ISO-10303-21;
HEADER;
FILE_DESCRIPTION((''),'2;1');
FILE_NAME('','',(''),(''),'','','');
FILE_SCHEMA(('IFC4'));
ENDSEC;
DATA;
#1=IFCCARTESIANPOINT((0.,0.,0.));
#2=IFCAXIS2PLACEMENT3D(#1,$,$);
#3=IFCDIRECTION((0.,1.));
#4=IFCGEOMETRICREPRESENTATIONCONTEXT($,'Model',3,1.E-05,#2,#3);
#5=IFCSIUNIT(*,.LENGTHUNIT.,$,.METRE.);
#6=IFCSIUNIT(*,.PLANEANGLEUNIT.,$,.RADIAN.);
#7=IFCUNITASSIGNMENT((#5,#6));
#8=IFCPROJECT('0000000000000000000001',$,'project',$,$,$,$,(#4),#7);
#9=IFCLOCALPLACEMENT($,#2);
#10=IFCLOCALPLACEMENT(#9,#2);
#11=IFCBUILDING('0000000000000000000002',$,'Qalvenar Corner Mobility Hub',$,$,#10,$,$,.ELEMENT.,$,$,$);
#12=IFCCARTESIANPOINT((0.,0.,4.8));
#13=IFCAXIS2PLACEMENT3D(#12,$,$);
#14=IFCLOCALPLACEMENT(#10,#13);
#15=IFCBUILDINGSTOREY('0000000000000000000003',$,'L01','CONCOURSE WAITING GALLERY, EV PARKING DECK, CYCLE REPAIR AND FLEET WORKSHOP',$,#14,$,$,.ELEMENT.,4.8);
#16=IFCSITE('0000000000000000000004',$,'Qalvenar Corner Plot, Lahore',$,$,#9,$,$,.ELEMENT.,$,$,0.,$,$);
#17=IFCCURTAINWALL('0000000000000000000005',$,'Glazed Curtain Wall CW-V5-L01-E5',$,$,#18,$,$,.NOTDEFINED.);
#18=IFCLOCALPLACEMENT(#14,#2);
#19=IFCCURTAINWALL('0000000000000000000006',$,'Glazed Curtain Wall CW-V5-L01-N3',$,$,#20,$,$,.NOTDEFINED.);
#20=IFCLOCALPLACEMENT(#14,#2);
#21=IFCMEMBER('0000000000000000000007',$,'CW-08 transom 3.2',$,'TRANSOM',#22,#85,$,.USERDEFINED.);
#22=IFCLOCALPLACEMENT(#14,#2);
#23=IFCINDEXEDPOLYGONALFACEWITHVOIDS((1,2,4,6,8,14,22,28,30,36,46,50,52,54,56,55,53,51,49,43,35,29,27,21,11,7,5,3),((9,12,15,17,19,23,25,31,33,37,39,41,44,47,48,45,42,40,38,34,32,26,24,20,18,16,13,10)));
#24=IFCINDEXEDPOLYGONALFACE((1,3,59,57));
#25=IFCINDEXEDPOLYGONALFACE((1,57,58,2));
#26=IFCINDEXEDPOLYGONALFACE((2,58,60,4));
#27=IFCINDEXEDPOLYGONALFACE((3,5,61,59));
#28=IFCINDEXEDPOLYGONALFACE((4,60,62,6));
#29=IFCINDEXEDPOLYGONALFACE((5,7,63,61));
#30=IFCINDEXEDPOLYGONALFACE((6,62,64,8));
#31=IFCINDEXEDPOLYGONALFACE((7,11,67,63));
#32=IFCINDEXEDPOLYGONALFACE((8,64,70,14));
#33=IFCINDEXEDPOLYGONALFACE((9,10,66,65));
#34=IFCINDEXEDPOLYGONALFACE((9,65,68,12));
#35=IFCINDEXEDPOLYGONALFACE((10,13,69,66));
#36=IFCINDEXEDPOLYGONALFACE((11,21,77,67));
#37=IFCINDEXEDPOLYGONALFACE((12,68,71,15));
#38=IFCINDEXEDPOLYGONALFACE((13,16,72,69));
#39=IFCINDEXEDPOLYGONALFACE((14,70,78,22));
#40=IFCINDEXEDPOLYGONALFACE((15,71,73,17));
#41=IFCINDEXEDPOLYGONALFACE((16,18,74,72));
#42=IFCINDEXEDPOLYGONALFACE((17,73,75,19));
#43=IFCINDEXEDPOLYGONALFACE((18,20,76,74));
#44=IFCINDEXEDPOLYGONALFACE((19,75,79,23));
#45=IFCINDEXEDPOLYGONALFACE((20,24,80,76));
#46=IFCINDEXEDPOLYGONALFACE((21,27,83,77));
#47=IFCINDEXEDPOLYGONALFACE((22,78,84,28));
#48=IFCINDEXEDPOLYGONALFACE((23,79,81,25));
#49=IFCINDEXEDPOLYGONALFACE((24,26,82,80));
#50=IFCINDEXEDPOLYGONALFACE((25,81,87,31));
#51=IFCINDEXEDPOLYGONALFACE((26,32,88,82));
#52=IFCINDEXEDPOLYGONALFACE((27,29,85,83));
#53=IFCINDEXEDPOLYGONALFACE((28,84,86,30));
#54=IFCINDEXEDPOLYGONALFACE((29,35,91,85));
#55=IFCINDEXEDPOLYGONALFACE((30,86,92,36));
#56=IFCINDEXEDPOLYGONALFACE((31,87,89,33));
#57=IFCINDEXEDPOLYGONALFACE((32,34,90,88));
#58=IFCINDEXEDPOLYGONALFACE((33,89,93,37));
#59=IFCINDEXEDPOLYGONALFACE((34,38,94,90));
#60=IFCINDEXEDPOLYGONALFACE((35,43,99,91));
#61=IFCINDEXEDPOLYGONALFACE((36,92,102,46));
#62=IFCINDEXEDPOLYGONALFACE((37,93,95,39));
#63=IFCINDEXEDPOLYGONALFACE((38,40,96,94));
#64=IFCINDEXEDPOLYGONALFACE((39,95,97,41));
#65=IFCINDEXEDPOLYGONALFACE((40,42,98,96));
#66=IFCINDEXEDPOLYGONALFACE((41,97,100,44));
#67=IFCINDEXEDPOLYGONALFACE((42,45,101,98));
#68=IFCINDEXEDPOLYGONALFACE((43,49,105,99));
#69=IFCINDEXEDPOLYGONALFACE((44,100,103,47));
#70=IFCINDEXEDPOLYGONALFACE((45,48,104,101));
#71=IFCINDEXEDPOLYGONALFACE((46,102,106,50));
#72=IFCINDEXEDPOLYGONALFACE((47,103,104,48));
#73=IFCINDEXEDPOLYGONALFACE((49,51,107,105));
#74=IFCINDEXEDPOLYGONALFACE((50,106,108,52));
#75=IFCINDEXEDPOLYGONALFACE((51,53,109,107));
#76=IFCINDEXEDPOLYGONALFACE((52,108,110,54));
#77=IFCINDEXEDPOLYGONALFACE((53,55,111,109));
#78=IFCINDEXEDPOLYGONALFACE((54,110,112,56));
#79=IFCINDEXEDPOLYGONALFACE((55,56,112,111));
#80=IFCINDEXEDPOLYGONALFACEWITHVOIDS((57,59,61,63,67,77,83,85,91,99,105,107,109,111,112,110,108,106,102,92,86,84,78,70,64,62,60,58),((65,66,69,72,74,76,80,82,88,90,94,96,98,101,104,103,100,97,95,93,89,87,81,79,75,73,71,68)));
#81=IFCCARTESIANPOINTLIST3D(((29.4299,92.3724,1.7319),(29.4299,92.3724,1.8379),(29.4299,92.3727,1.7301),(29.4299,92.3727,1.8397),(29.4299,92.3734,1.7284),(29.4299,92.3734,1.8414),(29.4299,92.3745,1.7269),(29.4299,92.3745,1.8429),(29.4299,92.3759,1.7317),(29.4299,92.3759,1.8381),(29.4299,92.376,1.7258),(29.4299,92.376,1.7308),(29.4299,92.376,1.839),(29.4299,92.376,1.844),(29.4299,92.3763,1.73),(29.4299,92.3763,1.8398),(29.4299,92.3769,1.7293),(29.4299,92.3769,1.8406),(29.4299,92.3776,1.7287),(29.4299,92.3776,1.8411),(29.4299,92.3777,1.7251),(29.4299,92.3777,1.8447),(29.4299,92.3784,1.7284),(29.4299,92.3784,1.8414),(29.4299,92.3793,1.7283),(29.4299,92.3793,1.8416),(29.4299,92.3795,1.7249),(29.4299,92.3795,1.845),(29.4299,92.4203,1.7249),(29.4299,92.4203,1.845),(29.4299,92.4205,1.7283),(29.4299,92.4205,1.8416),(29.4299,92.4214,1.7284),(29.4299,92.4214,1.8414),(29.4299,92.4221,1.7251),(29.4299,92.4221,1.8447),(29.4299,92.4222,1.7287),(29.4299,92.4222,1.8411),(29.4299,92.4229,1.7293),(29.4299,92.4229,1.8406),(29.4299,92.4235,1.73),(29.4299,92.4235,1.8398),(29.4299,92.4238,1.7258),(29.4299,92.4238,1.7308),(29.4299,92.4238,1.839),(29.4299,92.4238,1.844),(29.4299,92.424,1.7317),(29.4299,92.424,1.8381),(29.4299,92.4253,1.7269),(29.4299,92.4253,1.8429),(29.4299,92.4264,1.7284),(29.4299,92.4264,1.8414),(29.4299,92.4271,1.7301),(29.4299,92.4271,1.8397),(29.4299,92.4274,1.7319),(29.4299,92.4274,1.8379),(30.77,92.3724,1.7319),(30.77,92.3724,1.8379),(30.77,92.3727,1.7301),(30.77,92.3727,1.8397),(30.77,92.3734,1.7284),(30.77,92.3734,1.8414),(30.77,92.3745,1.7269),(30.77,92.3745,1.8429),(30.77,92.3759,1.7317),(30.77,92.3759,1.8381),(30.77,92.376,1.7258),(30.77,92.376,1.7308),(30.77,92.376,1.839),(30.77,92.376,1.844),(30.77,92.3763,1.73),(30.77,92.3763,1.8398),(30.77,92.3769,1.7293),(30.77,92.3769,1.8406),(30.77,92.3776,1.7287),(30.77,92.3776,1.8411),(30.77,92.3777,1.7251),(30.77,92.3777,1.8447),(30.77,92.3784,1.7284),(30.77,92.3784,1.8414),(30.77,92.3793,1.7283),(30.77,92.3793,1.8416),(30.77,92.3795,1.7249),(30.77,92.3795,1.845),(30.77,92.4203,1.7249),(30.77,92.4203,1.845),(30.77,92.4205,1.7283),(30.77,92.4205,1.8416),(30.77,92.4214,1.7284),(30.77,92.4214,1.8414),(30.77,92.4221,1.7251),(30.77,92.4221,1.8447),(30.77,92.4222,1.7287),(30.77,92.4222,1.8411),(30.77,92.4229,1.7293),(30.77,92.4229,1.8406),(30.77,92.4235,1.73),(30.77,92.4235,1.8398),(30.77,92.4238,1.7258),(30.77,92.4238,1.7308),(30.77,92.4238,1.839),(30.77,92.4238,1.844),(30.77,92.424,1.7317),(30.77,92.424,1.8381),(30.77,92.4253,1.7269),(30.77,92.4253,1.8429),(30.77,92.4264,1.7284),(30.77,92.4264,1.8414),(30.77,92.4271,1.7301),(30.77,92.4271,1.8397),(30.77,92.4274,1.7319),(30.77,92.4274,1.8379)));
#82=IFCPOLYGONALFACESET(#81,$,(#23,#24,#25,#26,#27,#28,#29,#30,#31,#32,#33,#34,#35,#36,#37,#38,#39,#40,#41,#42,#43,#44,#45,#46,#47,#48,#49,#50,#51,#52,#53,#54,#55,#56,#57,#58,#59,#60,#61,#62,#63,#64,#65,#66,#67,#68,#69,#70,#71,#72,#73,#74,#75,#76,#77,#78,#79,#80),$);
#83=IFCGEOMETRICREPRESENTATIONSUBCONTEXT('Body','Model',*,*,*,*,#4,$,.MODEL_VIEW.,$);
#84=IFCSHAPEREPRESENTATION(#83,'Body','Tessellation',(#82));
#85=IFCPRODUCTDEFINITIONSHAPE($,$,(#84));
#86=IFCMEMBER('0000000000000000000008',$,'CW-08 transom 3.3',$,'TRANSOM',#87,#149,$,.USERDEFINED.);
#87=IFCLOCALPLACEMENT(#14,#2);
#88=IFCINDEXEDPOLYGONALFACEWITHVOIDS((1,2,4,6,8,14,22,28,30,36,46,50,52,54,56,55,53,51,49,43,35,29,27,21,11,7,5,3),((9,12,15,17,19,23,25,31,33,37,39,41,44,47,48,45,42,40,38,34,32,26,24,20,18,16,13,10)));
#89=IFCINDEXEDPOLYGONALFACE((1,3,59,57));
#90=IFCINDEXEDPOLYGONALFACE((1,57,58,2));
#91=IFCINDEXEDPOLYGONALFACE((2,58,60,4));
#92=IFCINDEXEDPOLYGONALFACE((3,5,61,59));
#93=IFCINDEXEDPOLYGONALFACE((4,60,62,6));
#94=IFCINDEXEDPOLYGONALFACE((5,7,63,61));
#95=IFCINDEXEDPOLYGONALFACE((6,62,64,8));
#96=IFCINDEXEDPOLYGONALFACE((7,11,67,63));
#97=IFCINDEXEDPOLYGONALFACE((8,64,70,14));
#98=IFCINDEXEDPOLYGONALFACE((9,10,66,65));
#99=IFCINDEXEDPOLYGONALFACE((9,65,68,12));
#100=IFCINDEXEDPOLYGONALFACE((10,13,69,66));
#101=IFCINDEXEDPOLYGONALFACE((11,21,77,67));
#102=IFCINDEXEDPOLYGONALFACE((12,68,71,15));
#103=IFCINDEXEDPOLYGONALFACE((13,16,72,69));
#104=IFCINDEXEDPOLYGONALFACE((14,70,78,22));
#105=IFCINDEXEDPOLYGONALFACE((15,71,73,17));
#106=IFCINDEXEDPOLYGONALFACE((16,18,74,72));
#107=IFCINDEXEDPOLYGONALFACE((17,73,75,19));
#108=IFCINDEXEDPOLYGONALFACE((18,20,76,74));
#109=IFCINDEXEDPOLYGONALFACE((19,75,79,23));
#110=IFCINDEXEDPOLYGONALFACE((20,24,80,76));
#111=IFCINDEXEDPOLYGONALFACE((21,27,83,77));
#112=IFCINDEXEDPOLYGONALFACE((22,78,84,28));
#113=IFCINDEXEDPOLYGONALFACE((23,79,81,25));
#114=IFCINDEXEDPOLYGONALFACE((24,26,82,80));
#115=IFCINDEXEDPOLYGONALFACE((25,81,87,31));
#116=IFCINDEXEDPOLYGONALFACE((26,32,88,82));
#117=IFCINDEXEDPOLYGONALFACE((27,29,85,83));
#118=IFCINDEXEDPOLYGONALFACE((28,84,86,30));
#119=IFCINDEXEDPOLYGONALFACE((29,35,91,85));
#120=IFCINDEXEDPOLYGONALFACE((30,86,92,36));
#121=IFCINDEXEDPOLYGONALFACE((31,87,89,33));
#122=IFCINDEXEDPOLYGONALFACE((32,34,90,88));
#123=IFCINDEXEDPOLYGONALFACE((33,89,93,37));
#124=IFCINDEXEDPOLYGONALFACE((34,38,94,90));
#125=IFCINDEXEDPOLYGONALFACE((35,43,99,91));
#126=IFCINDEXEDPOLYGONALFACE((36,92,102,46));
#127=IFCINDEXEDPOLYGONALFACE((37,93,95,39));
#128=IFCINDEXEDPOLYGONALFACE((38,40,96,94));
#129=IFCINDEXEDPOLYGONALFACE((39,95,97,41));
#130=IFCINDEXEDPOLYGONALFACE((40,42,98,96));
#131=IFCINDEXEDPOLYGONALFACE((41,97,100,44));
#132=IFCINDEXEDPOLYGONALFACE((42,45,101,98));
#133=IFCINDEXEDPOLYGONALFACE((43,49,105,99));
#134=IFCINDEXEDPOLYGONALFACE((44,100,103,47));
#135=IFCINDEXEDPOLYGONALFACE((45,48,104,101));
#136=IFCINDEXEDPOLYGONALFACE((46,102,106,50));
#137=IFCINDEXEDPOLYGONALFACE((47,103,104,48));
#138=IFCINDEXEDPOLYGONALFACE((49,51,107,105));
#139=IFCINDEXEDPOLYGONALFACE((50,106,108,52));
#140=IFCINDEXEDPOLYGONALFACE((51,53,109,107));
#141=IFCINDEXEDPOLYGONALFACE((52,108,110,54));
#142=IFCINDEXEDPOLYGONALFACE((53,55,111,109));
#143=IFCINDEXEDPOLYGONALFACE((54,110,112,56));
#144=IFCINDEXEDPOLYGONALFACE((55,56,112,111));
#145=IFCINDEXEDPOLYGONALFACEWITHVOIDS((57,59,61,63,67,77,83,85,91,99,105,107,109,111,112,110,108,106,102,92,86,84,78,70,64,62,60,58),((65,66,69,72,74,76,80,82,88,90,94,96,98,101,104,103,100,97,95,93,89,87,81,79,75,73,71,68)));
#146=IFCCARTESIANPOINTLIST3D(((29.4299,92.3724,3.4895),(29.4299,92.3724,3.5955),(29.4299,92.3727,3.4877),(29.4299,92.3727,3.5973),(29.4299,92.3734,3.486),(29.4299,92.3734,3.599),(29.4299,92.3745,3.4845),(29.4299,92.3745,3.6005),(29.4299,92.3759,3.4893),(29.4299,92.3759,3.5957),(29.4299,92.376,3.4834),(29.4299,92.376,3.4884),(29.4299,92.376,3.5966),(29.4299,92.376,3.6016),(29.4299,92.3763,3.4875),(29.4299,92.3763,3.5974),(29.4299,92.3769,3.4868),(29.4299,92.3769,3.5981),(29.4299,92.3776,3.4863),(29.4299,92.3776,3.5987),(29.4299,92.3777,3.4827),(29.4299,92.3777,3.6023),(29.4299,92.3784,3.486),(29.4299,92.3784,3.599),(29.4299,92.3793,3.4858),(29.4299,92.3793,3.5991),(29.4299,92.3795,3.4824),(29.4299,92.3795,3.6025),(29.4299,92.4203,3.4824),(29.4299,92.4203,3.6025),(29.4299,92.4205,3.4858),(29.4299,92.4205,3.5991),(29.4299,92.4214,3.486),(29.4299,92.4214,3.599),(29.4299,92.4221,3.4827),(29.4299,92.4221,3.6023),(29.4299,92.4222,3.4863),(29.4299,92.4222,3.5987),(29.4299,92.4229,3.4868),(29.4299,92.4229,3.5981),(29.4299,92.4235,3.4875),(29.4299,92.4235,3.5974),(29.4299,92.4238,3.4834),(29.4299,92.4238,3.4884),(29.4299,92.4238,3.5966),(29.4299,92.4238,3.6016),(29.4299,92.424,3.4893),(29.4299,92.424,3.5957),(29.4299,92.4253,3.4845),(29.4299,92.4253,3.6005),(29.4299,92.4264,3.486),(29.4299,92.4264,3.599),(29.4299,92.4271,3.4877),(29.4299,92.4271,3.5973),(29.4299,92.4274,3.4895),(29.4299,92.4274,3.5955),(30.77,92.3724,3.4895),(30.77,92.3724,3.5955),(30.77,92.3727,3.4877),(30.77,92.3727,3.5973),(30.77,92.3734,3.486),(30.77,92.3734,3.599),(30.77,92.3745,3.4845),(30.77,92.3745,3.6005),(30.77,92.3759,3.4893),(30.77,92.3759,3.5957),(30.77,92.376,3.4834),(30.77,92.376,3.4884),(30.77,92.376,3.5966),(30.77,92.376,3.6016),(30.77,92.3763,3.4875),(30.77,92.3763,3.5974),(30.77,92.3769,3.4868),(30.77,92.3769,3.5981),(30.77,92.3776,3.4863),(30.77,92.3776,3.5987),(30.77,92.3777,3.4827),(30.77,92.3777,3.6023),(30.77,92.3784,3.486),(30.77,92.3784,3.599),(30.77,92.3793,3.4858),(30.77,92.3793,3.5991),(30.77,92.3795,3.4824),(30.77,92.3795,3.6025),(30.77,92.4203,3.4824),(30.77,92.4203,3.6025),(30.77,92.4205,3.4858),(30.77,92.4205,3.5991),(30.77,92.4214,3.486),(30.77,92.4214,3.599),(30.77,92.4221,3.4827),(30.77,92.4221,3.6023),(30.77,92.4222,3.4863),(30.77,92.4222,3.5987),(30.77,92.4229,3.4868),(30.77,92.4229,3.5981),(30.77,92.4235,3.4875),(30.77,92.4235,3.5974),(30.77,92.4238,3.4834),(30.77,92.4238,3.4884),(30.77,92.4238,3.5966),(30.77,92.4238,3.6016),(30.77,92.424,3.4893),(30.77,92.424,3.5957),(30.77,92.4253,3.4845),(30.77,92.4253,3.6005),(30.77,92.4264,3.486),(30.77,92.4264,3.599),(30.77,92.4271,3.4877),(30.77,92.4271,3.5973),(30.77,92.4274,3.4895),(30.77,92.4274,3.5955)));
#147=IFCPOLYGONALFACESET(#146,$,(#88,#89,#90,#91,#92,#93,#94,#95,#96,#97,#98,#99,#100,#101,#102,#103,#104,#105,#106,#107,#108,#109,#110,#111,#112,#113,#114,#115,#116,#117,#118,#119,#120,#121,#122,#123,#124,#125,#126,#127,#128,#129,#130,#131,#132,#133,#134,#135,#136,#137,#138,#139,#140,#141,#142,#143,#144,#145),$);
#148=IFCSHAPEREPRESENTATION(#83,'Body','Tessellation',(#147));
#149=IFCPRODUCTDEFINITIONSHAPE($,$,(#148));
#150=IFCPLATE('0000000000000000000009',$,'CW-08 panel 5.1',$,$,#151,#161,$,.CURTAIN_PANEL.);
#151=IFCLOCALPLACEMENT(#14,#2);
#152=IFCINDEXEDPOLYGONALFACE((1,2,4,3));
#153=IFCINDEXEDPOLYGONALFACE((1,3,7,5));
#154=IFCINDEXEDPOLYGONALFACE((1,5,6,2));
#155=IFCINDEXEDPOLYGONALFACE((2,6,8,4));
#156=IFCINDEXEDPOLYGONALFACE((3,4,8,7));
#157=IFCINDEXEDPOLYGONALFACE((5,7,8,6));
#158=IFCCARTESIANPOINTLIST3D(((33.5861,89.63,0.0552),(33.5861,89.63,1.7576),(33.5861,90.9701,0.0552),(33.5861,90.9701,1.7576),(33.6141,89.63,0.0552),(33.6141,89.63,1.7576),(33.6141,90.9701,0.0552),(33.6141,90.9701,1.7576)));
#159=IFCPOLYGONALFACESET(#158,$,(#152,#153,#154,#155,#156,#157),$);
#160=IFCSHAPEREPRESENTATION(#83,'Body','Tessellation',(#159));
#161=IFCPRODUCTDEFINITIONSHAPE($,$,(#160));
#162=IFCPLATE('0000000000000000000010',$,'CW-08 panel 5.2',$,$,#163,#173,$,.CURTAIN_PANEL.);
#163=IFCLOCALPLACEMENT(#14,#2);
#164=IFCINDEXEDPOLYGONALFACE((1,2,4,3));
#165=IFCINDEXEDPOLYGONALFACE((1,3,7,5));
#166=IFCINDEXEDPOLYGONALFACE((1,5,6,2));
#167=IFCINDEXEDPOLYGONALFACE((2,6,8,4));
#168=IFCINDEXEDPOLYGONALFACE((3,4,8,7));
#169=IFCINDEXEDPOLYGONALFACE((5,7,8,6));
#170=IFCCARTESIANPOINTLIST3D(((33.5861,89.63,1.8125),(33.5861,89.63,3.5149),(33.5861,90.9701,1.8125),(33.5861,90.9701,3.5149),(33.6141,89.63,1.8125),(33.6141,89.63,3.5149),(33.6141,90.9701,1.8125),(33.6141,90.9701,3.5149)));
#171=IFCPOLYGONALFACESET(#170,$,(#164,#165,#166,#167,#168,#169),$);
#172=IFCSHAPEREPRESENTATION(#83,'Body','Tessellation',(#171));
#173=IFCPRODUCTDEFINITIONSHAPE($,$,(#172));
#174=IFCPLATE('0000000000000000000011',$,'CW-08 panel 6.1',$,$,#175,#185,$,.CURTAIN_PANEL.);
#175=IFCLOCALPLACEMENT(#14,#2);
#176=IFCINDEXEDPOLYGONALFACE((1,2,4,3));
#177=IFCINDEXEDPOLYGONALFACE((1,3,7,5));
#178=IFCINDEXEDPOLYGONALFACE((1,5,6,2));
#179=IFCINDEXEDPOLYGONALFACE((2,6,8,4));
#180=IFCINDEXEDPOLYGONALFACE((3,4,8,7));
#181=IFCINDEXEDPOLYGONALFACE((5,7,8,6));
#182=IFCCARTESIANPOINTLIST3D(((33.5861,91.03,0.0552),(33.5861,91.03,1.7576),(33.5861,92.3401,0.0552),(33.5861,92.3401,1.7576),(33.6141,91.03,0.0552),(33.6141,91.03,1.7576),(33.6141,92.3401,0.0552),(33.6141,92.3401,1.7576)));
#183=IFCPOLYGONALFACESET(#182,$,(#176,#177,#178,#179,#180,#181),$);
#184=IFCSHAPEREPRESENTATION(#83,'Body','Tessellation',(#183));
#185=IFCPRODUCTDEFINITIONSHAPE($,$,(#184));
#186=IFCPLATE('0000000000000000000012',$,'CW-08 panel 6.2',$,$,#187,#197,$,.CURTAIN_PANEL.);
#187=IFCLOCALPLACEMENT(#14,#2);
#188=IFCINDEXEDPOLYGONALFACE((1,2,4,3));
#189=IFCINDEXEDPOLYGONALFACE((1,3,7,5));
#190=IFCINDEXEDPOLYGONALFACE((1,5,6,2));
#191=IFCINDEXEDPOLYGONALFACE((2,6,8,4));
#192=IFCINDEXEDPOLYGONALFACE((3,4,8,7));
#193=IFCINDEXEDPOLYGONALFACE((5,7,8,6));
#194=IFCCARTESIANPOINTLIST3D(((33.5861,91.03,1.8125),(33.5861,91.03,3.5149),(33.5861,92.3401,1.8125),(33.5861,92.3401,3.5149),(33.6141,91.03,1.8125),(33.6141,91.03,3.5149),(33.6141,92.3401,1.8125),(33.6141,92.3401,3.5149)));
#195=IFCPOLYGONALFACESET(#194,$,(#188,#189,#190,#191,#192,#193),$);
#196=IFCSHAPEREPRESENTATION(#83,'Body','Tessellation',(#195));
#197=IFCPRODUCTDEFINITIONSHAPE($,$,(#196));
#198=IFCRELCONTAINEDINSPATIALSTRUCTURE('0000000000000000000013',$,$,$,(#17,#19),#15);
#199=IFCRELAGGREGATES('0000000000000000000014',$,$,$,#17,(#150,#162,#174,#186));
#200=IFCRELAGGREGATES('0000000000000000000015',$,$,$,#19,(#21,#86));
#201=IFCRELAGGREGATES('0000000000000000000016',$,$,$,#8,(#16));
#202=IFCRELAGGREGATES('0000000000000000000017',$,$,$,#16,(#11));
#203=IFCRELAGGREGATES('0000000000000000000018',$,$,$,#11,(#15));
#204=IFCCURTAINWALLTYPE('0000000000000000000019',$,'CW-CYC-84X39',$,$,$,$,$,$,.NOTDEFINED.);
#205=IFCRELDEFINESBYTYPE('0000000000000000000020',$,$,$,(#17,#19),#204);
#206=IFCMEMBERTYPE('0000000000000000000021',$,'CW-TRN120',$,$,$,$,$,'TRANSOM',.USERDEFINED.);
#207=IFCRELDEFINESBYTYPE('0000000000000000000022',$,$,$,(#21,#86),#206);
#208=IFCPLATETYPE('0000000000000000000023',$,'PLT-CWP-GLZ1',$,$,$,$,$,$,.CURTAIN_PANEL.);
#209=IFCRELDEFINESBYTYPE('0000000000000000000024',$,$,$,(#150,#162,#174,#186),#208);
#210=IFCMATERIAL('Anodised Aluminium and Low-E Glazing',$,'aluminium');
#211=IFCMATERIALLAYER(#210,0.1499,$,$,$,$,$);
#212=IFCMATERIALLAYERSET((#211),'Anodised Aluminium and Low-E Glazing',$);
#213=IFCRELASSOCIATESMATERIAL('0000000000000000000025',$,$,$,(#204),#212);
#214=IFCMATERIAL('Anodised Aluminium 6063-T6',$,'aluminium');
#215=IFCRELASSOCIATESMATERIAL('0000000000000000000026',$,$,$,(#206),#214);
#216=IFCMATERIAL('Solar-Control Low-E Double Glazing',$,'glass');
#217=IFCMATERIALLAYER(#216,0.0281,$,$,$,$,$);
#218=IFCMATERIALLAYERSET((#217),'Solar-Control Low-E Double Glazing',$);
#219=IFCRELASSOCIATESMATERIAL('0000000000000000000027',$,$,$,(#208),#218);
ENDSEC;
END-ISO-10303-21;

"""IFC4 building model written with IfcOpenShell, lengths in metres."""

from ifc_helpers import new_model, si_unit, direction, frame, origin, origin_2d, place, context, subcontext, project, spatial, rectangle, hollow_rectangle, extrude, material, layer, layer_set, material_profile, profile_set, type_object, element, aggregate, save


model = new_model("IFC4")

# Units and contexts
model_context = context("Model", 3, precision=1e-05, world=origin(), true_north=direction((0.0, 1.0)))
body_context = subcontext(model_context, "Body", "Model", "MODEL_VIEW")
ifc_project = project(units=[si_unit("LENGTHUNIT", "METRE"), si_unit("PLANEANGLEUNIT", "RADIAN")], contexts=[model_context])

# Site, building, storey
site_placement = place(None, origin())
site = spatial("IfcSite", under=ifc_project, at=site_placement, Name="Qalvenar Corner Plot, Lahore", CompositionType="ELEMENT", RefElevation=0.0)
building_placement = place(site_placement, origin())
building = spatial("IfcBuilding", under=site, at=building_placement, Name="Qalvenar Corner Mobility Hub", CompositionType="ELEMENT")
storey_placement = place(building_placement, frame((0.0, 0.0, 4.8)))
storey = spatial("IfcBuildingStorey", under=building, at=storey_placement, Name="L01", Description="CONCOURSE WAITING GALLERY, EV PARKING DECK, CYCLE REPAIR AND FLEET WORKSHOP", CompositionType="ELEMENT", Elevation=4.8)

# Curtain walls
ifc_material_1 = material(Name="Anodised Aluminium and Low-E Glazing", Category="aluminium")
ifc_layer_1 = layer(ifc_material_1, 0.1499)
ifc_layer_set_1 = layer_set([ifc_layer_1], Name="Anodised Aluminium and Low-E Glazing")
curtain_wall_type = type_object("IfcCurtainWallType", Name="CW-CYC-84X39", PredefinedType="NOTDEFINED", material=ifc_layer_set_1)
curtain_wall_1_placement = place(storey_placement, origin())
curtain_wall_1 = element("IfcCurtainWall", 1, at=curtain_wall_1_placement, inside=storey, type_object=curtain_wall_type, Name="Glazed Curtain Wall CW-V5-L01-E5", PredefinedType="NOTDEFINED")
ifc_material_2 = material(Name="Anodised Aluminium 6063-T6", Category="aluminium")
curtain_wall_2_placement = place(storey_placement, origin())
curtain_wall_2 = element("IfcCurtainWall", 2, at=curtain_wall_2_placement, inside=storey, type_object=curtain_wall_type, Name="Glazed Curtain Wall CW-V5-L01-N3", PredefinedType="NOTDEFINED")

# Members
ifc_material_profile_1 = material_profile(ifc_material_2, hollow_rectangle(XDim=0.0549, YDim=0.1201, WallThickness=0.0034, InnerFilletRadius=0.0034, OuterFilletRadius=0.0071, at=origin_2d()), Name="RHS120x55x3.5")
ifc_profile_set_1 = profile_set([ifc_material_profile_1], Name="Anodised Aluminium 6063-T6")
member_type_1 = type_object("IfcMemberType", Name="CW-TRN120", ElementType="TRANSOM", PredefinedType="USERDEFINED", material=ifc_profile_set_1)
member_1_placement = place(storey_placement, frame((30.77, 92.3999, 1.7849), z_axis=(-1.0, 0.0, 0.0), x_axis=(0.0, -1.0, 0.0)))
member_1 = element("IfcMember", 3, at=member_1_placement, type_object=member_type_1, Name="CW-08 transom 3.2", ObjectType="TRANSOM", PredefinedType="USERDEFINED", context=body_context, shape_type="SweptSolid", body=[
    extrude(hollow_rectangle(XDim=0.0549, YDim=0.1201, WallThickness=0.0034, InnerFilletRadius=0.0034, OuterFilletRadius=0.0071, at=origin_2d()), origin(), (0.0, 0.0, 1.0), 1.3401),
])
member_2_placement = place(storey_placement, frame((30.77, 92.3999, 3.5425), z_axis=(-1.0, 0.0, 0.0), x_axis=(0.0, -1.0, 0.0)))
member_2 = element("IfcMember", 4, at=member_2_placement, type_object=member_type_1, Name="CW-08 transom 3.3", ObjectType="TRANSOM", PredefinedType="USERDEFINED", context=body_context, shape_type="SweptSolid", body=[
    extrude(hollow_rectangle(XDim=0.0549, YDim=0.1201, WallThickness=0.0034, InnerFilletRadius=0.0034, OuterFilletRadius=0.0071, at=origin_2d()), origin(), (0.0, 0.0, 1.0), 1.3401),
])

# Plates
ifc_material_3 = material(Name="Solar-Control Low-E Double Glazing", Category="glass")
ifc_layer_2 = layer(ifc_material_3, 0.0281)
ifc_layer_set_2 = layer_set([ifc_layer_2], Name="Solar-Control Low-E Double Glazing")
plate_type = type_object("IfcPlateType", Name="PLT-CWP-GLZ1", PredefinedType="CURTAIN_PANEL", material=ifc_layer_set_2)
plate_1_placement = place(storey_placement, frame((33.6001, 90.3, 0.0552), z_axis=(0.0, 0.0, 1.0), x_axis=(0.0, 1.0, 0.0)))
plate_1 = element("IfcPlate", 5, at=plate_1_placement, type_object=plate_type, Name="CW-08 panel 5.1", PredefinedType="CURTAIN_PANEL", context=body_context, shape_type="SweptSolid", body=[
    extrude(rectangle(XDim=1.3401, YDim=0.0281, at=origin_2d()), origin(), (0.0, 0.0, 1.0), 1.7024),
])
plate_2_placement = place(storey_placement, frame((33.6001, 90.3, 1.8125), z_axis=(0.0, 0.0, 1.0), x_axis=(0.0, 1.0, 0.0)))
plate_2 = element("IfcPlate", 6, at=plate_2_placement, type_object=plate_type, Name="CW-08 panel 5.2", PredefinedType="CURTAIN_PANEL", context=body_context, shape_type="SweptSolid", body=[
    extrude(rectangle(XDim=1.3401, YDim=0.0281, at=origin_2d()), origin(), (0.0, 0.0, 1.0), 1.7024),
])
plate_3_placement = place(storey_placement, frame((33.6001, 91.6851, 0.0552), z_axis=(0.0, 0.0, 1.0), x_axis=(0.0, 1.0, 0.0)))
plate_3 = element("IfcPlate", 7, at=plate_3_placement, type_object=plate_type, Name="CW-08 panel 6.1", PredefinedType="CURTAIN_PANEL", context=body_context, shape_type="SweptSolid", body=[
    extrude(rectangle(XDim=1.3101, YDim=0.0281, at=origin_2d()), origin(), (0.0, 0.0, 1.0), 1.7024),
])
plate_4_placement = place(storey_placement, frame((33.6001, 91.6851, 1.8125), z_axis=(0.0, 0.0, 1.0), x_axis=(0.0, 1.0, 0.0)))
plate_4 = element("IfcPlate", 8, at=plate_4_placement, type_object=plate_type, Name="CW-08 panel 6.2", PredefinedType="CURTAIN_PANEL", context=body_context, shape_type="SweptSolid", body=[
    extrude(rectangle(XDim=1.3101, YDim=0.0281, at=origin_2d()), origin(), (0.0, 0.0, 1.0), 1.7024),
])
aggregate(curtain_wall_1, [plate_1, plate_2, plate_3, plate_4])
aggregate(curtain_wall_2, [member_1, member_2])

save(model, "model.ifc")
